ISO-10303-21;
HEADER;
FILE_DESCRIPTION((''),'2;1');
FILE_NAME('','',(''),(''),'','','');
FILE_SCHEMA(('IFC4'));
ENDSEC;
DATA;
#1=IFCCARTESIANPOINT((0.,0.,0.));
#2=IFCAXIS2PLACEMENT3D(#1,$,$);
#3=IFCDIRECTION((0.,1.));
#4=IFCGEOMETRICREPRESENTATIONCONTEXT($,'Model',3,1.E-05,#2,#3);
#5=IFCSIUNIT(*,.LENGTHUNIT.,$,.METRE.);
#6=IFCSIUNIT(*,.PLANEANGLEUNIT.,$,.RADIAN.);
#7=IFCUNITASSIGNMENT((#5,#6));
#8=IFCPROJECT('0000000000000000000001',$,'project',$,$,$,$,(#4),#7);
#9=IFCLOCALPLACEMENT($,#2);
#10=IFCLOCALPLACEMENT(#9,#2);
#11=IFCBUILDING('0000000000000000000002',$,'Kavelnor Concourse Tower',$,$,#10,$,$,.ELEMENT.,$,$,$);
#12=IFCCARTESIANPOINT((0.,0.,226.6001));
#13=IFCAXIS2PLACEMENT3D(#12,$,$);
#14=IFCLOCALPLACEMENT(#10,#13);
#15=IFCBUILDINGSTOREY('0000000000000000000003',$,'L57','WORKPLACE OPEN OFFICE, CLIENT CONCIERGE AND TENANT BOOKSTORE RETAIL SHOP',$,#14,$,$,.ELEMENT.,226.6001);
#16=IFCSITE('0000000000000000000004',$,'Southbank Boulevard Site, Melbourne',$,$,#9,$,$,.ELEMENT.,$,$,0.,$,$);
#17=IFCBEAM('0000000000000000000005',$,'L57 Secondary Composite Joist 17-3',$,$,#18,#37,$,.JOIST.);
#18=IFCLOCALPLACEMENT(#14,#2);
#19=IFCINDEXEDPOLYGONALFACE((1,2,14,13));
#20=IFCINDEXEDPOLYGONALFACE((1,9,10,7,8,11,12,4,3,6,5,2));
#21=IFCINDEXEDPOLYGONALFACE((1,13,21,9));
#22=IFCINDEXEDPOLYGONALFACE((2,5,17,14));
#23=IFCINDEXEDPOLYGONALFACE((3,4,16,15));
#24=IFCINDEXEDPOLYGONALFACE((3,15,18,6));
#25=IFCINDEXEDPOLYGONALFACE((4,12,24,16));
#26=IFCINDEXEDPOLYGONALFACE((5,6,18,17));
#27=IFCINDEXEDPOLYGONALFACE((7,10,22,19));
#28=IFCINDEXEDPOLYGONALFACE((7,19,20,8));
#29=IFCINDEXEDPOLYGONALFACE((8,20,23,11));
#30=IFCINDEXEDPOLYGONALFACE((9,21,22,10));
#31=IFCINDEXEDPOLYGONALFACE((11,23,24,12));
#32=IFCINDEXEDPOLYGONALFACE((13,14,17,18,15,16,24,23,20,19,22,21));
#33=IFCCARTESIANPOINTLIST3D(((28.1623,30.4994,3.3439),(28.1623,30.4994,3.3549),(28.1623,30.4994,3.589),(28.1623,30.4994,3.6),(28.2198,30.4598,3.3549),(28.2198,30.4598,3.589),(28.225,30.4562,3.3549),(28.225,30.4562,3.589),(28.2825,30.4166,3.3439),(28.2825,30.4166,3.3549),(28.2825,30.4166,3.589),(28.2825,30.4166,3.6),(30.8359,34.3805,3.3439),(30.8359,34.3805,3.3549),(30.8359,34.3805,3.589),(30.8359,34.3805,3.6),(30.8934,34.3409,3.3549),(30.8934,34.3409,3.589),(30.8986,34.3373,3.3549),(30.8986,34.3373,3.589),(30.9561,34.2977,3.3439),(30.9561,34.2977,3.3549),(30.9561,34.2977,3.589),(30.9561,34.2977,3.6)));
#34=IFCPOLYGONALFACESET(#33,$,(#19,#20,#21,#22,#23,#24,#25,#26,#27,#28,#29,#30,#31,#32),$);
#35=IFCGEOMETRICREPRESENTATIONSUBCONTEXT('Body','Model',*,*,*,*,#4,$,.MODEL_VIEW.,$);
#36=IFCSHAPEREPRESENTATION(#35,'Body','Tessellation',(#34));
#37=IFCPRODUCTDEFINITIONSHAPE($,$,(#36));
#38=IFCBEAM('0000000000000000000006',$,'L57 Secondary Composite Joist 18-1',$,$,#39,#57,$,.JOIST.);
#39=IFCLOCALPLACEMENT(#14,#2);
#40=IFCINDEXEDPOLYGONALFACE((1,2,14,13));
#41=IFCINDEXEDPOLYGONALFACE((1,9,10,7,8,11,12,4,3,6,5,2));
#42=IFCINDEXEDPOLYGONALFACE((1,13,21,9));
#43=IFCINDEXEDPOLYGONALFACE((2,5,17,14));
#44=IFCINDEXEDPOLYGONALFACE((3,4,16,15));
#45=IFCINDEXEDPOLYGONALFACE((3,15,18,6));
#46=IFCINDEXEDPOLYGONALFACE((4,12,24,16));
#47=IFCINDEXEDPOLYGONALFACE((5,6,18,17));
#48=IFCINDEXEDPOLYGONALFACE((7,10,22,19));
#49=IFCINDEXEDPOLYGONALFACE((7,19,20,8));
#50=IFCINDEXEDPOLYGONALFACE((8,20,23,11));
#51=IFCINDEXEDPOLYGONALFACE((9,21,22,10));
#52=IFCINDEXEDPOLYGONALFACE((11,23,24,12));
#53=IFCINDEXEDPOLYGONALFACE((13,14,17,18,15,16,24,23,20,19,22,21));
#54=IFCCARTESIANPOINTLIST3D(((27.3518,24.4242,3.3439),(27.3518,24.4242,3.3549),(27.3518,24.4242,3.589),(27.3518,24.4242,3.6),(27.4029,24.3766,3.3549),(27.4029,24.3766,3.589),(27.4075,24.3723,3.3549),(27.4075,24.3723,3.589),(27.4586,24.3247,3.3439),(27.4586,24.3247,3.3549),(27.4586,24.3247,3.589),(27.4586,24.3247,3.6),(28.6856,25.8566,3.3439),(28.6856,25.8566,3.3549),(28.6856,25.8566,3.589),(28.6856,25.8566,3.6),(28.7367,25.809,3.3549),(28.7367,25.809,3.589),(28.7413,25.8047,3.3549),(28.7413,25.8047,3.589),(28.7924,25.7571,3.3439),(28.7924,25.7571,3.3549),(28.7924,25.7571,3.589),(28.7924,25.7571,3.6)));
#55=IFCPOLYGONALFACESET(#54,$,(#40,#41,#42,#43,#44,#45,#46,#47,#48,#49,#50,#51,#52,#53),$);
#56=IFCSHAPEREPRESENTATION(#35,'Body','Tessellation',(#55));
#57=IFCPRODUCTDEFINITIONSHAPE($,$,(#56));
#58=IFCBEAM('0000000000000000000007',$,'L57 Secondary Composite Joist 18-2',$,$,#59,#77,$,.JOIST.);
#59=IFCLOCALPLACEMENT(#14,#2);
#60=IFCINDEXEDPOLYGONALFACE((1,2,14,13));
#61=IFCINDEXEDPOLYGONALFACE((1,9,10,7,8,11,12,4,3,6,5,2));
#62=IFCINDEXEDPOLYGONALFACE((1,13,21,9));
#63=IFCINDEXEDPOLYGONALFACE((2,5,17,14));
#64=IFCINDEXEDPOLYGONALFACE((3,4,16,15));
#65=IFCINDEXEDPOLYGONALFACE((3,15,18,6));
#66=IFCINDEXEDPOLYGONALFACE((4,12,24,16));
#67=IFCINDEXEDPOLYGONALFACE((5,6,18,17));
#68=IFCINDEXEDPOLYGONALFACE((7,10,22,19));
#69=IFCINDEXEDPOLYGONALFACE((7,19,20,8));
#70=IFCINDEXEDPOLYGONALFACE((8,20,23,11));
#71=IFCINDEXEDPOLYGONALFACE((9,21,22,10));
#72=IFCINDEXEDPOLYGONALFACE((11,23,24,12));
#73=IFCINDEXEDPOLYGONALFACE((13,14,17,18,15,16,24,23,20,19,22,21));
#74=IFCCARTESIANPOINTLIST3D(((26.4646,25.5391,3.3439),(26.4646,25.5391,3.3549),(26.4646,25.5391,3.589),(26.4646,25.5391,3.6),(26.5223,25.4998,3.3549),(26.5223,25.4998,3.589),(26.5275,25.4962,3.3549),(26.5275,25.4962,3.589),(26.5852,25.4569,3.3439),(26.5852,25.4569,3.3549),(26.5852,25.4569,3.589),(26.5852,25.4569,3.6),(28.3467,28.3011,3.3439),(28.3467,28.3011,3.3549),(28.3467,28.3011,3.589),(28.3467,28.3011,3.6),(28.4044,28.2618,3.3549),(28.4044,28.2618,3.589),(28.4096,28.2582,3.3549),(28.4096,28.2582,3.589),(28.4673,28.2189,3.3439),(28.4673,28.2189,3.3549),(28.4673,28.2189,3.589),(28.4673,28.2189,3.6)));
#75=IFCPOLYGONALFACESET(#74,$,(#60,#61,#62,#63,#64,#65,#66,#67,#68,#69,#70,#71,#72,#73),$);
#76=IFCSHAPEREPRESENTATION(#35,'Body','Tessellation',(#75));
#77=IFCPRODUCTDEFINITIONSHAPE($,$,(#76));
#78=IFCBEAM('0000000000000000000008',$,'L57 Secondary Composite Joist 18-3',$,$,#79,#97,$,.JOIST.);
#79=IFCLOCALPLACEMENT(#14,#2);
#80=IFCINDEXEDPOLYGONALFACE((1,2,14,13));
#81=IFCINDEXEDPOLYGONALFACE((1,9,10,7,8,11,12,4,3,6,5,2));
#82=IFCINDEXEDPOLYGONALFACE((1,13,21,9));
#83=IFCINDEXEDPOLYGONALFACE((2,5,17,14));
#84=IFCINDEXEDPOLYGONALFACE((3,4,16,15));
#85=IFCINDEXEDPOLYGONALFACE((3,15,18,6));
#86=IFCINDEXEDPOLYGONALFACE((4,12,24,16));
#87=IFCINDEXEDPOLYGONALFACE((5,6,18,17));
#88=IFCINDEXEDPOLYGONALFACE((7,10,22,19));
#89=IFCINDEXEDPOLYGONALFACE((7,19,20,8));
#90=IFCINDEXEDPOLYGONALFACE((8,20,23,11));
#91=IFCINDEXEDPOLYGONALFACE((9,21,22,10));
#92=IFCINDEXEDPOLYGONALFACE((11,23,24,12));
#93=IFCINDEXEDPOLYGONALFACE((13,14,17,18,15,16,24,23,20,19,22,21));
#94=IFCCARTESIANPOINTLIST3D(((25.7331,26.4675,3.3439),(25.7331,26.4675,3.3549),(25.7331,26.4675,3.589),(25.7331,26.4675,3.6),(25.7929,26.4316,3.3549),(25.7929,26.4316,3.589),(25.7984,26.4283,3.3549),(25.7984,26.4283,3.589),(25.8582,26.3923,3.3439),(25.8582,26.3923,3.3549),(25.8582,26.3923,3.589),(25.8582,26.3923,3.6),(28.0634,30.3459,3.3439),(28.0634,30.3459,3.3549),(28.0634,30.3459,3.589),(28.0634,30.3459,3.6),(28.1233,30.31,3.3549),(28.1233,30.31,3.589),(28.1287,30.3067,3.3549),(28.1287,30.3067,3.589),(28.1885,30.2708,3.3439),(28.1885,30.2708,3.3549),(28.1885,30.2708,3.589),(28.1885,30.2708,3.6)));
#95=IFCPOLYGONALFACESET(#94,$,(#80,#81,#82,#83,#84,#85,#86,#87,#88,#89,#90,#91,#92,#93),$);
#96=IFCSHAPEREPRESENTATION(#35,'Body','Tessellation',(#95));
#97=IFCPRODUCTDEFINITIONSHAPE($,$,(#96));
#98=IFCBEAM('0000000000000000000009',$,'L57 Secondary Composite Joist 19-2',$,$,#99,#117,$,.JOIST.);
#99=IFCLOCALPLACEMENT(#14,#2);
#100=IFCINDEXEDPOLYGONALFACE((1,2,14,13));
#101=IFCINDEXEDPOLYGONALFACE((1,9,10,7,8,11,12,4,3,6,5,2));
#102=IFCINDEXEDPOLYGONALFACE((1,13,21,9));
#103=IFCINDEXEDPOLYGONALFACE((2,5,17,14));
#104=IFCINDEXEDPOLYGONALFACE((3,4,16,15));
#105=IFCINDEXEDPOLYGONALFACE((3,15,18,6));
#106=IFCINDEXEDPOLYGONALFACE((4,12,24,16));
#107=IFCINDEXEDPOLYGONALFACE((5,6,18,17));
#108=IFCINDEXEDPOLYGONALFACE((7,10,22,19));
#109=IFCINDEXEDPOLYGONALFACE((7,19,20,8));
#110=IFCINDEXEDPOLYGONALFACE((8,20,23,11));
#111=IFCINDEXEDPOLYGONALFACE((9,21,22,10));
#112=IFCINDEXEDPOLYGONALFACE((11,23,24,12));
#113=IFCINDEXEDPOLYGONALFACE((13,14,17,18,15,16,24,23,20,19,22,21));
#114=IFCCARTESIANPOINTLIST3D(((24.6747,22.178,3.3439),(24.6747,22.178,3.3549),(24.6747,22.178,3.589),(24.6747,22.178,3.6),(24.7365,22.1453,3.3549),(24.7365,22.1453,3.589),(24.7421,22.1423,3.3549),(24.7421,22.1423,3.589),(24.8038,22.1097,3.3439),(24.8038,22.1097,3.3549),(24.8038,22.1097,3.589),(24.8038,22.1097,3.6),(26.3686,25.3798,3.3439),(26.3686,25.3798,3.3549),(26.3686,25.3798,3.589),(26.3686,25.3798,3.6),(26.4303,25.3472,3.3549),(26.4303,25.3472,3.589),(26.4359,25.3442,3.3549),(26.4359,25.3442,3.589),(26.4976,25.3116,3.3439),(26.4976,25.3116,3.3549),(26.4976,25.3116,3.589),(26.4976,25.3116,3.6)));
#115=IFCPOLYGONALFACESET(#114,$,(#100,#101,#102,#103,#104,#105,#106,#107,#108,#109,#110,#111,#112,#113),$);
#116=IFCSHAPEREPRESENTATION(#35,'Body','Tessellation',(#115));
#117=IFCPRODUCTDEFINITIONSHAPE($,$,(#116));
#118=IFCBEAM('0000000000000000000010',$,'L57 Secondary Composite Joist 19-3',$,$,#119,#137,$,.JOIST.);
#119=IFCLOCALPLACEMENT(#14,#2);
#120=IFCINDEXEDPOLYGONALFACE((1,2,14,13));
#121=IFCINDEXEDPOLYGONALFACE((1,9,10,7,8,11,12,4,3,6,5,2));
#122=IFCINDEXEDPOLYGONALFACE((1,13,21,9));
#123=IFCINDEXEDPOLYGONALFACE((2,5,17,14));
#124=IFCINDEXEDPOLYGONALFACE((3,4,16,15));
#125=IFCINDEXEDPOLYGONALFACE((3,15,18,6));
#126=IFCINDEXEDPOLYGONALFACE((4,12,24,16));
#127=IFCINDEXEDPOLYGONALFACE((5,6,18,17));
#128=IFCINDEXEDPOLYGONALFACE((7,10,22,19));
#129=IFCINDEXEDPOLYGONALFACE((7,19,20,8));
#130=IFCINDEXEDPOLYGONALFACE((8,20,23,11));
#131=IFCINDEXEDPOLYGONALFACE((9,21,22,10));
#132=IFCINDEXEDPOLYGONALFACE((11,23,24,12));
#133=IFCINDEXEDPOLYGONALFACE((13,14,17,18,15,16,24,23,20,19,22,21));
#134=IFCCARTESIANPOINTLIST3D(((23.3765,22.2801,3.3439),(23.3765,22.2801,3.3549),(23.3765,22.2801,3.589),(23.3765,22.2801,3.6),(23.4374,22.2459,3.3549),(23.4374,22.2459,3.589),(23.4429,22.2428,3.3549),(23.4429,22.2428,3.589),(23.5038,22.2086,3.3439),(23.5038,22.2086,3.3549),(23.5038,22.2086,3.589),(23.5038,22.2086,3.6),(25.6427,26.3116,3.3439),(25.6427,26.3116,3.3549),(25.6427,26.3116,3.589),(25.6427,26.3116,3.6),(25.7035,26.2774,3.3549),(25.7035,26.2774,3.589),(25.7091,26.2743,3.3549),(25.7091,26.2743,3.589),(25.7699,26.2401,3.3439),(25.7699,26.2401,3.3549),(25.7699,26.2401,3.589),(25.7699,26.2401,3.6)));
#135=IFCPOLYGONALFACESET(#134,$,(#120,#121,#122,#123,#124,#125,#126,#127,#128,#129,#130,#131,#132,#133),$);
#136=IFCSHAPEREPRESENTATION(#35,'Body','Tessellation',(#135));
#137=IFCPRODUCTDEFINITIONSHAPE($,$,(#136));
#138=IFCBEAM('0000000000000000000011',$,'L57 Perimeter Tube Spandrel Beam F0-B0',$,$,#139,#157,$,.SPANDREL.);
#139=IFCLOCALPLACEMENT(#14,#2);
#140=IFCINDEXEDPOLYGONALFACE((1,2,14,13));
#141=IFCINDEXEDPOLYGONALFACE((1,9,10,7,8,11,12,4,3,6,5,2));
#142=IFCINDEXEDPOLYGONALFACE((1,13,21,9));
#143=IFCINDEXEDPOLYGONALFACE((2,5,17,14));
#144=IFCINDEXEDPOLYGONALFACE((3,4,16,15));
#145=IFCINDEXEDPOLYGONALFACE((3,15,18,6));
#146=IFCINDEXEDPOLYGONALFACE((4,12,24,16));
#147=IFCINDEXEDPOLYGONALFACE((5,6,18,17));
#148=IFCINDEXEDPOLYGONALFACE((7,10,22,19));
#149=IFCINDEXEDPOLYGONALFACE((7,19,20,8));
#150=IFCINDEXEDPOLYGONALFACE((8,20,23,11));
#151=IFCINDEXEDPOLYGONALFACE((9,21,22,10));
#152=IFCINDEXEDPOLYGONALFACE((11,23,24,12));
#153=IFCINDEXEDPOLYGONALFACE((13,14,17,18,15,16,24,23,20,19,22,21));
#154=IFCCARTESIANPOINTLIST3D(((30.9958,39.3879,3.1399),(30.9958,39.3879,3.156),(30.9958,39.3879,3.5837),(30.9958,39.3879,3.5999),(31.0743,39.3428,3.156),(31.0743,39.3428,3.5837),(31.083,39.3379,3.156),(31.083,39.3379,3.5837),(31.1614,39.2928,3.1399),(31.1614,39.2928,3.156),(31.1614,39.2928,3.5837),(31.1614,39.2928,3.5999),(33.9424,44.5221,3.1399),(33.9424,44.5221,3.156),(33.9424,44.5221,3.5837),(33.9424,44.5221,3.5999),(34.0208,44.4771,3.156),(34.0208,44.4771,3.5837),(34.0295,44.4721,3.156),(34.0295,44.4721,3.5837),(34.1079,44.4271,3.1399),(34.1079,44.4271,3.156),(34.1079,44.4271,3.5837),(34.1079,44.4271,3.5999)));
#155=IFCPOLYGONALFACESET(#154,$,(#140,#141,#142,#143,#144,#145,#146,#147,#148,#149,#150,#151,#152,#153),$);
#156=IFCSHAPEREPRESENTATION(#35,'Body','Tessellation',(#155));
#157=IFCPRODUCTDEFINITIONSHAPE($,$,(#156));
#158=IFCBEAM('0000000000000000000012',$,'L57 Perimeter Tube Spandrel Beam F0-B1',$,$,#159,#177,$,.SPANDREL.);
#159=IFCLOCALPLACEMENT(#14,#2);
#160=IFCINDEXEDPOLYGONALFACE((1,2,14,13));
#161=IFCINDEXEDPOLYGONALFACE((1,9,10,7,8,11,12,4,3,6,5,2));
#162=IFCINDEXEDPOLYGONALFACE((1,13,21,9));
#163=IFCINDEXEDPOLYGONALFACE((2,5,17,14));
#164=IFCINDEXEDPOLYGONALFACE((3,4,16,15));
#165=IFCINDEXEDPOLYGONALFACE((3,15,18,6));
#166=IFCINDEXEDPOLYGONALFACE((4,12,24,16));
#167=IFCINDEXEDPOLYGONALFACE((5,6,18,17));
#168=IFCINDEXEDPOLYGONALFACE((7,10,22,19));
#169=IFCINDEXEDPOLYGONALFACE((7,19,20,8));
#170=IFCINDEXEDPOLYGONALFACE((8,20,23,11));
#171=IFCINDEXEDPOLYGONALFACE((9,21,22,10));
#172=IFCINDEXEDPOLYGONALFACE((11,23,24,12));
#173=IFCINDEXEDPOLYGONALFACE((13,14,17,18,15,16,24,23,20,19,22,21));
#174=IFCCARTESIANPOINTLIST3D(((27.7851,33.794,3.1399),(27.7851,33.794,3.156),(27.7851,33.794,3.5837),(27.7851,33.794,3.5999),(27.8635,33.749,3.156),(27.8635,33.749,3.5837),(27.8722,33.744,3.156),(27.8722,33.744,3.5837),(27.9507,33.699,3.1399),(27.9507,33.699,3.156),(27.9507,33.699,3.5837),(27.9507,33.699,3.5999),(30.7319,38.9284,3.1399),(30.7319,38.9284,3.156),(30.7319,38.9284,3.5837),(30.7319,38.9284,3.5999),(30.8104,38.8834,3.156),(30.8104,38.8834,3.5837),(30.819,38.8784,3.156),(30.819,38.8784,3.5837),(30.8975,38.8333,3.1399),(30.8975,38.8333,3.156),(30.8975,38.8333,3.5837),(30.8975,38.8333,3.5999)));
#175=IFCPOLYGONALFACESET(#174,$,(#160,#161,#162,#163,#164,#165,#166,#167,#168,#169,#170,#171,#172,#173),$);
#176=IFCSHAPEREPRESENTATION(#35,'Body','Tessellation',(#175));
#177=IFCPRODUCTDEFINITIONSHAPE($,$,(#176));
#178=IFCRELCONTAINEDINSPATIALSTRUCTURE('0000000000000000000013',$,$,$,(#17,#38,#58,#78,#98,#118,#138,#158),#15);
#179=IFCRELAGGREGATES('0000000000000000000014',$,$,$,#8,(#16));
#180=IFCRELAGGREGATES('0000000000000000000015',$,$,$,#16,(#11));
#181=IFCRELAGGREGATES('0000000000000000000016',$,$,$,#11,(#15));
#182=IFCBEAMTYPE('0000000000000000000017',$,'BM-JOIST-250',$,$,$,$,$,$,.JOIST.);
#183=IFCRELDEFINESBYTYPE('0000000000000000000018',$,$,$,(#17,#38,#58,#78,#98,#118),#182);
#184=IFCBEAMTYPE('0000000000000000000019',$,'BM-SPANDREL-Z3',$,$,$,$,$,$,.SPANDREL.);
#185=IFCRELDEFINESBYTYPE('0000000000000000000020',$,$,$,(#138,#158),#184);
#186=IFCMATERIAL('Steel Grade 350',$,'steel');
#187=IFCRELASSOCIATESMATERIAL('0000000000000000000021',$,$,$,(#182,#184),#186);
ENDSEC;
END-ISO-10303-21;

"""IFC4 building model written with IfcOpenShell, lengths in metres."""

from ifc_helpers import new_model, si_unit, direction, frame, origin, origin_2d, place, context, subcontext, project, spatial, i_section, extrude, material, material_profile, profile_set, type_object, element, save


model = new_model("IFC4")

# Units and contexts
model_context = context("Model", 3, precision=1e-05, world=origin(), true_north=direction((0.0, 1.0)))
body_context = subcontext(model_context, "Body", "Model", "MODEL_VIEW")
ifc_project = project(units=[si_unit("LENGTHUNIT", "METRE"), si_unit("PLANEANGLEUNIT", "RADIAN")], contexts=[model_context])

# Site, building, storey
site_placement = place(None, origin())
site = spatial("IfcSite", under=ifc_project, at=site_placement, Name="Southbank Boulevard Site, Melbourne", CompositionType="ELEMENT", RefElevation=0.0)
building_placement = place(site_placement, origin())
building = spatial("IfcBuilding", under=site, at=building_placement, Name="Kavelnor Concourse Tower", CompositionType="ELEMENT")
storey_placement = place(building_placement, frame((0.0, 0.0, 226.6001)))
storey = spatial("IfcBuildingStorey", under=building, at=storey_placement, Name="L57", Description="WORKPLACE OPEN OFFICE, CLIENT CONCIERGE AND TENANT BOOKSTORE RETAIL SHOP", CompositionType="ELEMENT", Elevation=226.6001)

# Shared definitions
ifc_material_1 = material(Name="Steel Grade 350", Category="steel")

# Beams
ifc_material_profile_1 = material_profile(ifc_material_1, i_section(OverallWidth=0.146, OverallDepth=0.2561, WebThickness=0.0063, FlangeThickness=0.011, at=origin_2d()), Name="250UB37")
ifc_profile_set_1 = profile_set([ifc_material_profile_1], Name="Steel Grade 350")
beam_type_1 = type_object("IfcBeamType", Name="BM-JOIST-250", PredefinedType="JOIST", material=ifc_profile_set_1)
beam_1_placement = place(storey_placement, frame((30.896, 34.3391, 3.4719), z_axis=(-0.567296, -0.823514, 0.0), x_axis=(0.823514, -0.567296, 0.0)))
element("IfcBeam", 1, at=beam_1_placement, inside=storey, type_object=beam_type_1, Name="L57 Secondary Composite Joist 17-3", PredefinedType="JOIST", context=body_context, shape_type="SweptSolid", body=[
    extrude(i_section(OverallWidth=0.146, OverallDepth=0.2561, WebThickness=0.0063, FlangeThickness=0.011, at=origin_2d()), origin(), (0.0, 0.0, 1.0), 4.7129),
])
beam_2_placement = place(storey_placement, frame((28.739, 25.8069, 3.4719), z_axis=(-0.68146, -0.731855, 0.0), x_axis=(0.731855, -0.68146, 0.0)))
element("IfcBeam", 2, at=beam_2_placement, inside=storey, type_object=beam_type_1, Name="L57 Secondary Composite Joist 18-1", PredefinedType="JOIST", context=body_context, shape_type="SweptSolid", body=[
    extrude(i_section(OverallWidth=0.146, OverallDepth=0.2561, WebThickness=0.0063, FlangeThickness=0.011, at=origin_2d()), origin(), (0.0, 0.0, 1.0), 1.9573),
])
beam_3_placement = place(storey_placement, frame((28.407, 28.26, 3.4719), z_axis=(-0.563117, -0.826377, 0.0), x_axis=(0.826377, -0.563117, 0.0)))
element("IfcBeam", 3, at=beam_3_placement, inside=storey, type_object=beam_type_1, Name="L57 Secondary Composite Joist 18-2", PredefinedType="JOIST", context=body_context, shape_type="SweptSolid", body=[
    extrude(i_section(OverallWidth=0.146, OverallDepth=0.2561, WebThickness=0.0063, FlangeThickness=0.011, at=origin_2d()), origin(), (0.0, 0.0, 1.0), 3.3423),
])
beam_4_placement = place(storey_placement, frame((28.126, 30.3083, 3.4719), z_axis=(-0.515027, -0.857174, 0.0), x_axis=(0.857174, -0.515027, 0.0)))
element("IfcBeam", 4, at=beam_4_placement, inside=storey, type_object=beam_type_1, Name="L57 Secondary Composite Joist 18-3", PredefinedType="JOIST", context=body_context, shape_type="SweptSolid", body=[
    extrude(i_section(OverallWidth=0.146, OverallDepth=0.2561, WebThickness=0.0063, FlangeThickness=0.011, at=origin_2d()), origin(), (0.0, 0.0, 1.0), 4.5247),
])
beam_5_placement = place(storey_placement, frame((26.4331, 25.3457, 3.4719), z_axis=(-0.467612, -0.883934, 0.0), x_axis=(0.883934, -0.467612, 0.0)))
element("IfcBeam", 5, at=beam_5_placement, inside=storey, type_object=beam_type_1, Name="L57 Secondary Composite Joist 19-2", PredefinedType="JOIST", context=body_context, shape_type="SweptSolid", body=[
    extrude(i_section(OverallWidth=0.146, OverallDepth=0.2561, WebThickness=0.0063, FlangeThickness=0.011, at=origin_2d()), origin(), (0.0, 0.0, 1.0), 3.6223),
])
beam_6_placement = place(storey_placement, frame((25.7063, 26.2759, 3.4719), z_axis=(-0.489998, -0.871724, 0.0), x_axis=(0.871724, -0.489998, 0.0)))
element("IfcBeam", 6, at=beam_6_placement, inside=storey, type_object=beam_type_1, Name="L57 Secondary Composite Joist 19-3", PredefinedType="JOIST", context=body_context, shape_type="SweptSolid", body=[
    extrude(i_section(OverallWidth=0.146, OverallDepth=0.2561, WebThickness=0.0063, FlangeThickness=0.011, at=origin_2d()), origin(), (0.0, 0.0, 1.0), 4.6248),
])
ifc_material_profile_2 = material_profile(ifc_material_1, i_section(OverallWidth=0.1909, OverallDepth=0.46, WebThickness=0.01, FlangeThickness=0.0161, at=origin_2d()), Name="460UB82")
ifc_profile_set_2 = profile_set([ifc_material_profile_2], Name="Steel Grade 350")
beam_type_2 = type_object("IfcBeamType", Name="BM-SPANDREL-Z3", PredefinedType="SPANDREL", material=ifc_profile_set_2)
beam_7_placement = place(storey_placement, frame((34.0251, 44.4746, 3.3699), z_axis=(-0.49775, -0.86732, 0.0), x_axis=(0.86732, -0.49775, 0.0)))
element("IfcBeam", 7, at=beam_7_placement, inside=storey, type_object=beam_type_2, Name="L57 Perimeter Tube Spandrel Beam F0-B0", PredefinedType="SPANDREL", context=body_context, shape_type="SweptSolid", body=[
    extrude(i_section(OverallWidth=0.1909, OverallDepth=0.46, WebThickness=0.01, FlangeThickness=0.0161, at=origin_2d()), origin(), (0.0, 0.0, 1.0), 5.9197),
])
beam_8_placement = place(storey_placement, frame((30.8147, 38.8809, 3.3699), z_axis=(-0.497781, -0.867303, 0.0), x_axis=(0.867303, -0.497781, 0.0)))
element("IfcBeam", 8, at=beam_8_placement, inside=storey, type_object=beam_type_2, Name="L57 Perimeter Tube Spandrel Beam F0-B1", PredefinedType="SPANDREL", context=body_context, shape_type="SweptSolid", body=[
    extrude(i_section(OverallWidth=0.1909, OverallDepth=0.46, WebThickness=0.01, FlangeThickness=0.0161, at=origin_2d()), origin(), (0.0, 0.0, 1.0), 5.9199),
])

save(model, "model.ifc")
